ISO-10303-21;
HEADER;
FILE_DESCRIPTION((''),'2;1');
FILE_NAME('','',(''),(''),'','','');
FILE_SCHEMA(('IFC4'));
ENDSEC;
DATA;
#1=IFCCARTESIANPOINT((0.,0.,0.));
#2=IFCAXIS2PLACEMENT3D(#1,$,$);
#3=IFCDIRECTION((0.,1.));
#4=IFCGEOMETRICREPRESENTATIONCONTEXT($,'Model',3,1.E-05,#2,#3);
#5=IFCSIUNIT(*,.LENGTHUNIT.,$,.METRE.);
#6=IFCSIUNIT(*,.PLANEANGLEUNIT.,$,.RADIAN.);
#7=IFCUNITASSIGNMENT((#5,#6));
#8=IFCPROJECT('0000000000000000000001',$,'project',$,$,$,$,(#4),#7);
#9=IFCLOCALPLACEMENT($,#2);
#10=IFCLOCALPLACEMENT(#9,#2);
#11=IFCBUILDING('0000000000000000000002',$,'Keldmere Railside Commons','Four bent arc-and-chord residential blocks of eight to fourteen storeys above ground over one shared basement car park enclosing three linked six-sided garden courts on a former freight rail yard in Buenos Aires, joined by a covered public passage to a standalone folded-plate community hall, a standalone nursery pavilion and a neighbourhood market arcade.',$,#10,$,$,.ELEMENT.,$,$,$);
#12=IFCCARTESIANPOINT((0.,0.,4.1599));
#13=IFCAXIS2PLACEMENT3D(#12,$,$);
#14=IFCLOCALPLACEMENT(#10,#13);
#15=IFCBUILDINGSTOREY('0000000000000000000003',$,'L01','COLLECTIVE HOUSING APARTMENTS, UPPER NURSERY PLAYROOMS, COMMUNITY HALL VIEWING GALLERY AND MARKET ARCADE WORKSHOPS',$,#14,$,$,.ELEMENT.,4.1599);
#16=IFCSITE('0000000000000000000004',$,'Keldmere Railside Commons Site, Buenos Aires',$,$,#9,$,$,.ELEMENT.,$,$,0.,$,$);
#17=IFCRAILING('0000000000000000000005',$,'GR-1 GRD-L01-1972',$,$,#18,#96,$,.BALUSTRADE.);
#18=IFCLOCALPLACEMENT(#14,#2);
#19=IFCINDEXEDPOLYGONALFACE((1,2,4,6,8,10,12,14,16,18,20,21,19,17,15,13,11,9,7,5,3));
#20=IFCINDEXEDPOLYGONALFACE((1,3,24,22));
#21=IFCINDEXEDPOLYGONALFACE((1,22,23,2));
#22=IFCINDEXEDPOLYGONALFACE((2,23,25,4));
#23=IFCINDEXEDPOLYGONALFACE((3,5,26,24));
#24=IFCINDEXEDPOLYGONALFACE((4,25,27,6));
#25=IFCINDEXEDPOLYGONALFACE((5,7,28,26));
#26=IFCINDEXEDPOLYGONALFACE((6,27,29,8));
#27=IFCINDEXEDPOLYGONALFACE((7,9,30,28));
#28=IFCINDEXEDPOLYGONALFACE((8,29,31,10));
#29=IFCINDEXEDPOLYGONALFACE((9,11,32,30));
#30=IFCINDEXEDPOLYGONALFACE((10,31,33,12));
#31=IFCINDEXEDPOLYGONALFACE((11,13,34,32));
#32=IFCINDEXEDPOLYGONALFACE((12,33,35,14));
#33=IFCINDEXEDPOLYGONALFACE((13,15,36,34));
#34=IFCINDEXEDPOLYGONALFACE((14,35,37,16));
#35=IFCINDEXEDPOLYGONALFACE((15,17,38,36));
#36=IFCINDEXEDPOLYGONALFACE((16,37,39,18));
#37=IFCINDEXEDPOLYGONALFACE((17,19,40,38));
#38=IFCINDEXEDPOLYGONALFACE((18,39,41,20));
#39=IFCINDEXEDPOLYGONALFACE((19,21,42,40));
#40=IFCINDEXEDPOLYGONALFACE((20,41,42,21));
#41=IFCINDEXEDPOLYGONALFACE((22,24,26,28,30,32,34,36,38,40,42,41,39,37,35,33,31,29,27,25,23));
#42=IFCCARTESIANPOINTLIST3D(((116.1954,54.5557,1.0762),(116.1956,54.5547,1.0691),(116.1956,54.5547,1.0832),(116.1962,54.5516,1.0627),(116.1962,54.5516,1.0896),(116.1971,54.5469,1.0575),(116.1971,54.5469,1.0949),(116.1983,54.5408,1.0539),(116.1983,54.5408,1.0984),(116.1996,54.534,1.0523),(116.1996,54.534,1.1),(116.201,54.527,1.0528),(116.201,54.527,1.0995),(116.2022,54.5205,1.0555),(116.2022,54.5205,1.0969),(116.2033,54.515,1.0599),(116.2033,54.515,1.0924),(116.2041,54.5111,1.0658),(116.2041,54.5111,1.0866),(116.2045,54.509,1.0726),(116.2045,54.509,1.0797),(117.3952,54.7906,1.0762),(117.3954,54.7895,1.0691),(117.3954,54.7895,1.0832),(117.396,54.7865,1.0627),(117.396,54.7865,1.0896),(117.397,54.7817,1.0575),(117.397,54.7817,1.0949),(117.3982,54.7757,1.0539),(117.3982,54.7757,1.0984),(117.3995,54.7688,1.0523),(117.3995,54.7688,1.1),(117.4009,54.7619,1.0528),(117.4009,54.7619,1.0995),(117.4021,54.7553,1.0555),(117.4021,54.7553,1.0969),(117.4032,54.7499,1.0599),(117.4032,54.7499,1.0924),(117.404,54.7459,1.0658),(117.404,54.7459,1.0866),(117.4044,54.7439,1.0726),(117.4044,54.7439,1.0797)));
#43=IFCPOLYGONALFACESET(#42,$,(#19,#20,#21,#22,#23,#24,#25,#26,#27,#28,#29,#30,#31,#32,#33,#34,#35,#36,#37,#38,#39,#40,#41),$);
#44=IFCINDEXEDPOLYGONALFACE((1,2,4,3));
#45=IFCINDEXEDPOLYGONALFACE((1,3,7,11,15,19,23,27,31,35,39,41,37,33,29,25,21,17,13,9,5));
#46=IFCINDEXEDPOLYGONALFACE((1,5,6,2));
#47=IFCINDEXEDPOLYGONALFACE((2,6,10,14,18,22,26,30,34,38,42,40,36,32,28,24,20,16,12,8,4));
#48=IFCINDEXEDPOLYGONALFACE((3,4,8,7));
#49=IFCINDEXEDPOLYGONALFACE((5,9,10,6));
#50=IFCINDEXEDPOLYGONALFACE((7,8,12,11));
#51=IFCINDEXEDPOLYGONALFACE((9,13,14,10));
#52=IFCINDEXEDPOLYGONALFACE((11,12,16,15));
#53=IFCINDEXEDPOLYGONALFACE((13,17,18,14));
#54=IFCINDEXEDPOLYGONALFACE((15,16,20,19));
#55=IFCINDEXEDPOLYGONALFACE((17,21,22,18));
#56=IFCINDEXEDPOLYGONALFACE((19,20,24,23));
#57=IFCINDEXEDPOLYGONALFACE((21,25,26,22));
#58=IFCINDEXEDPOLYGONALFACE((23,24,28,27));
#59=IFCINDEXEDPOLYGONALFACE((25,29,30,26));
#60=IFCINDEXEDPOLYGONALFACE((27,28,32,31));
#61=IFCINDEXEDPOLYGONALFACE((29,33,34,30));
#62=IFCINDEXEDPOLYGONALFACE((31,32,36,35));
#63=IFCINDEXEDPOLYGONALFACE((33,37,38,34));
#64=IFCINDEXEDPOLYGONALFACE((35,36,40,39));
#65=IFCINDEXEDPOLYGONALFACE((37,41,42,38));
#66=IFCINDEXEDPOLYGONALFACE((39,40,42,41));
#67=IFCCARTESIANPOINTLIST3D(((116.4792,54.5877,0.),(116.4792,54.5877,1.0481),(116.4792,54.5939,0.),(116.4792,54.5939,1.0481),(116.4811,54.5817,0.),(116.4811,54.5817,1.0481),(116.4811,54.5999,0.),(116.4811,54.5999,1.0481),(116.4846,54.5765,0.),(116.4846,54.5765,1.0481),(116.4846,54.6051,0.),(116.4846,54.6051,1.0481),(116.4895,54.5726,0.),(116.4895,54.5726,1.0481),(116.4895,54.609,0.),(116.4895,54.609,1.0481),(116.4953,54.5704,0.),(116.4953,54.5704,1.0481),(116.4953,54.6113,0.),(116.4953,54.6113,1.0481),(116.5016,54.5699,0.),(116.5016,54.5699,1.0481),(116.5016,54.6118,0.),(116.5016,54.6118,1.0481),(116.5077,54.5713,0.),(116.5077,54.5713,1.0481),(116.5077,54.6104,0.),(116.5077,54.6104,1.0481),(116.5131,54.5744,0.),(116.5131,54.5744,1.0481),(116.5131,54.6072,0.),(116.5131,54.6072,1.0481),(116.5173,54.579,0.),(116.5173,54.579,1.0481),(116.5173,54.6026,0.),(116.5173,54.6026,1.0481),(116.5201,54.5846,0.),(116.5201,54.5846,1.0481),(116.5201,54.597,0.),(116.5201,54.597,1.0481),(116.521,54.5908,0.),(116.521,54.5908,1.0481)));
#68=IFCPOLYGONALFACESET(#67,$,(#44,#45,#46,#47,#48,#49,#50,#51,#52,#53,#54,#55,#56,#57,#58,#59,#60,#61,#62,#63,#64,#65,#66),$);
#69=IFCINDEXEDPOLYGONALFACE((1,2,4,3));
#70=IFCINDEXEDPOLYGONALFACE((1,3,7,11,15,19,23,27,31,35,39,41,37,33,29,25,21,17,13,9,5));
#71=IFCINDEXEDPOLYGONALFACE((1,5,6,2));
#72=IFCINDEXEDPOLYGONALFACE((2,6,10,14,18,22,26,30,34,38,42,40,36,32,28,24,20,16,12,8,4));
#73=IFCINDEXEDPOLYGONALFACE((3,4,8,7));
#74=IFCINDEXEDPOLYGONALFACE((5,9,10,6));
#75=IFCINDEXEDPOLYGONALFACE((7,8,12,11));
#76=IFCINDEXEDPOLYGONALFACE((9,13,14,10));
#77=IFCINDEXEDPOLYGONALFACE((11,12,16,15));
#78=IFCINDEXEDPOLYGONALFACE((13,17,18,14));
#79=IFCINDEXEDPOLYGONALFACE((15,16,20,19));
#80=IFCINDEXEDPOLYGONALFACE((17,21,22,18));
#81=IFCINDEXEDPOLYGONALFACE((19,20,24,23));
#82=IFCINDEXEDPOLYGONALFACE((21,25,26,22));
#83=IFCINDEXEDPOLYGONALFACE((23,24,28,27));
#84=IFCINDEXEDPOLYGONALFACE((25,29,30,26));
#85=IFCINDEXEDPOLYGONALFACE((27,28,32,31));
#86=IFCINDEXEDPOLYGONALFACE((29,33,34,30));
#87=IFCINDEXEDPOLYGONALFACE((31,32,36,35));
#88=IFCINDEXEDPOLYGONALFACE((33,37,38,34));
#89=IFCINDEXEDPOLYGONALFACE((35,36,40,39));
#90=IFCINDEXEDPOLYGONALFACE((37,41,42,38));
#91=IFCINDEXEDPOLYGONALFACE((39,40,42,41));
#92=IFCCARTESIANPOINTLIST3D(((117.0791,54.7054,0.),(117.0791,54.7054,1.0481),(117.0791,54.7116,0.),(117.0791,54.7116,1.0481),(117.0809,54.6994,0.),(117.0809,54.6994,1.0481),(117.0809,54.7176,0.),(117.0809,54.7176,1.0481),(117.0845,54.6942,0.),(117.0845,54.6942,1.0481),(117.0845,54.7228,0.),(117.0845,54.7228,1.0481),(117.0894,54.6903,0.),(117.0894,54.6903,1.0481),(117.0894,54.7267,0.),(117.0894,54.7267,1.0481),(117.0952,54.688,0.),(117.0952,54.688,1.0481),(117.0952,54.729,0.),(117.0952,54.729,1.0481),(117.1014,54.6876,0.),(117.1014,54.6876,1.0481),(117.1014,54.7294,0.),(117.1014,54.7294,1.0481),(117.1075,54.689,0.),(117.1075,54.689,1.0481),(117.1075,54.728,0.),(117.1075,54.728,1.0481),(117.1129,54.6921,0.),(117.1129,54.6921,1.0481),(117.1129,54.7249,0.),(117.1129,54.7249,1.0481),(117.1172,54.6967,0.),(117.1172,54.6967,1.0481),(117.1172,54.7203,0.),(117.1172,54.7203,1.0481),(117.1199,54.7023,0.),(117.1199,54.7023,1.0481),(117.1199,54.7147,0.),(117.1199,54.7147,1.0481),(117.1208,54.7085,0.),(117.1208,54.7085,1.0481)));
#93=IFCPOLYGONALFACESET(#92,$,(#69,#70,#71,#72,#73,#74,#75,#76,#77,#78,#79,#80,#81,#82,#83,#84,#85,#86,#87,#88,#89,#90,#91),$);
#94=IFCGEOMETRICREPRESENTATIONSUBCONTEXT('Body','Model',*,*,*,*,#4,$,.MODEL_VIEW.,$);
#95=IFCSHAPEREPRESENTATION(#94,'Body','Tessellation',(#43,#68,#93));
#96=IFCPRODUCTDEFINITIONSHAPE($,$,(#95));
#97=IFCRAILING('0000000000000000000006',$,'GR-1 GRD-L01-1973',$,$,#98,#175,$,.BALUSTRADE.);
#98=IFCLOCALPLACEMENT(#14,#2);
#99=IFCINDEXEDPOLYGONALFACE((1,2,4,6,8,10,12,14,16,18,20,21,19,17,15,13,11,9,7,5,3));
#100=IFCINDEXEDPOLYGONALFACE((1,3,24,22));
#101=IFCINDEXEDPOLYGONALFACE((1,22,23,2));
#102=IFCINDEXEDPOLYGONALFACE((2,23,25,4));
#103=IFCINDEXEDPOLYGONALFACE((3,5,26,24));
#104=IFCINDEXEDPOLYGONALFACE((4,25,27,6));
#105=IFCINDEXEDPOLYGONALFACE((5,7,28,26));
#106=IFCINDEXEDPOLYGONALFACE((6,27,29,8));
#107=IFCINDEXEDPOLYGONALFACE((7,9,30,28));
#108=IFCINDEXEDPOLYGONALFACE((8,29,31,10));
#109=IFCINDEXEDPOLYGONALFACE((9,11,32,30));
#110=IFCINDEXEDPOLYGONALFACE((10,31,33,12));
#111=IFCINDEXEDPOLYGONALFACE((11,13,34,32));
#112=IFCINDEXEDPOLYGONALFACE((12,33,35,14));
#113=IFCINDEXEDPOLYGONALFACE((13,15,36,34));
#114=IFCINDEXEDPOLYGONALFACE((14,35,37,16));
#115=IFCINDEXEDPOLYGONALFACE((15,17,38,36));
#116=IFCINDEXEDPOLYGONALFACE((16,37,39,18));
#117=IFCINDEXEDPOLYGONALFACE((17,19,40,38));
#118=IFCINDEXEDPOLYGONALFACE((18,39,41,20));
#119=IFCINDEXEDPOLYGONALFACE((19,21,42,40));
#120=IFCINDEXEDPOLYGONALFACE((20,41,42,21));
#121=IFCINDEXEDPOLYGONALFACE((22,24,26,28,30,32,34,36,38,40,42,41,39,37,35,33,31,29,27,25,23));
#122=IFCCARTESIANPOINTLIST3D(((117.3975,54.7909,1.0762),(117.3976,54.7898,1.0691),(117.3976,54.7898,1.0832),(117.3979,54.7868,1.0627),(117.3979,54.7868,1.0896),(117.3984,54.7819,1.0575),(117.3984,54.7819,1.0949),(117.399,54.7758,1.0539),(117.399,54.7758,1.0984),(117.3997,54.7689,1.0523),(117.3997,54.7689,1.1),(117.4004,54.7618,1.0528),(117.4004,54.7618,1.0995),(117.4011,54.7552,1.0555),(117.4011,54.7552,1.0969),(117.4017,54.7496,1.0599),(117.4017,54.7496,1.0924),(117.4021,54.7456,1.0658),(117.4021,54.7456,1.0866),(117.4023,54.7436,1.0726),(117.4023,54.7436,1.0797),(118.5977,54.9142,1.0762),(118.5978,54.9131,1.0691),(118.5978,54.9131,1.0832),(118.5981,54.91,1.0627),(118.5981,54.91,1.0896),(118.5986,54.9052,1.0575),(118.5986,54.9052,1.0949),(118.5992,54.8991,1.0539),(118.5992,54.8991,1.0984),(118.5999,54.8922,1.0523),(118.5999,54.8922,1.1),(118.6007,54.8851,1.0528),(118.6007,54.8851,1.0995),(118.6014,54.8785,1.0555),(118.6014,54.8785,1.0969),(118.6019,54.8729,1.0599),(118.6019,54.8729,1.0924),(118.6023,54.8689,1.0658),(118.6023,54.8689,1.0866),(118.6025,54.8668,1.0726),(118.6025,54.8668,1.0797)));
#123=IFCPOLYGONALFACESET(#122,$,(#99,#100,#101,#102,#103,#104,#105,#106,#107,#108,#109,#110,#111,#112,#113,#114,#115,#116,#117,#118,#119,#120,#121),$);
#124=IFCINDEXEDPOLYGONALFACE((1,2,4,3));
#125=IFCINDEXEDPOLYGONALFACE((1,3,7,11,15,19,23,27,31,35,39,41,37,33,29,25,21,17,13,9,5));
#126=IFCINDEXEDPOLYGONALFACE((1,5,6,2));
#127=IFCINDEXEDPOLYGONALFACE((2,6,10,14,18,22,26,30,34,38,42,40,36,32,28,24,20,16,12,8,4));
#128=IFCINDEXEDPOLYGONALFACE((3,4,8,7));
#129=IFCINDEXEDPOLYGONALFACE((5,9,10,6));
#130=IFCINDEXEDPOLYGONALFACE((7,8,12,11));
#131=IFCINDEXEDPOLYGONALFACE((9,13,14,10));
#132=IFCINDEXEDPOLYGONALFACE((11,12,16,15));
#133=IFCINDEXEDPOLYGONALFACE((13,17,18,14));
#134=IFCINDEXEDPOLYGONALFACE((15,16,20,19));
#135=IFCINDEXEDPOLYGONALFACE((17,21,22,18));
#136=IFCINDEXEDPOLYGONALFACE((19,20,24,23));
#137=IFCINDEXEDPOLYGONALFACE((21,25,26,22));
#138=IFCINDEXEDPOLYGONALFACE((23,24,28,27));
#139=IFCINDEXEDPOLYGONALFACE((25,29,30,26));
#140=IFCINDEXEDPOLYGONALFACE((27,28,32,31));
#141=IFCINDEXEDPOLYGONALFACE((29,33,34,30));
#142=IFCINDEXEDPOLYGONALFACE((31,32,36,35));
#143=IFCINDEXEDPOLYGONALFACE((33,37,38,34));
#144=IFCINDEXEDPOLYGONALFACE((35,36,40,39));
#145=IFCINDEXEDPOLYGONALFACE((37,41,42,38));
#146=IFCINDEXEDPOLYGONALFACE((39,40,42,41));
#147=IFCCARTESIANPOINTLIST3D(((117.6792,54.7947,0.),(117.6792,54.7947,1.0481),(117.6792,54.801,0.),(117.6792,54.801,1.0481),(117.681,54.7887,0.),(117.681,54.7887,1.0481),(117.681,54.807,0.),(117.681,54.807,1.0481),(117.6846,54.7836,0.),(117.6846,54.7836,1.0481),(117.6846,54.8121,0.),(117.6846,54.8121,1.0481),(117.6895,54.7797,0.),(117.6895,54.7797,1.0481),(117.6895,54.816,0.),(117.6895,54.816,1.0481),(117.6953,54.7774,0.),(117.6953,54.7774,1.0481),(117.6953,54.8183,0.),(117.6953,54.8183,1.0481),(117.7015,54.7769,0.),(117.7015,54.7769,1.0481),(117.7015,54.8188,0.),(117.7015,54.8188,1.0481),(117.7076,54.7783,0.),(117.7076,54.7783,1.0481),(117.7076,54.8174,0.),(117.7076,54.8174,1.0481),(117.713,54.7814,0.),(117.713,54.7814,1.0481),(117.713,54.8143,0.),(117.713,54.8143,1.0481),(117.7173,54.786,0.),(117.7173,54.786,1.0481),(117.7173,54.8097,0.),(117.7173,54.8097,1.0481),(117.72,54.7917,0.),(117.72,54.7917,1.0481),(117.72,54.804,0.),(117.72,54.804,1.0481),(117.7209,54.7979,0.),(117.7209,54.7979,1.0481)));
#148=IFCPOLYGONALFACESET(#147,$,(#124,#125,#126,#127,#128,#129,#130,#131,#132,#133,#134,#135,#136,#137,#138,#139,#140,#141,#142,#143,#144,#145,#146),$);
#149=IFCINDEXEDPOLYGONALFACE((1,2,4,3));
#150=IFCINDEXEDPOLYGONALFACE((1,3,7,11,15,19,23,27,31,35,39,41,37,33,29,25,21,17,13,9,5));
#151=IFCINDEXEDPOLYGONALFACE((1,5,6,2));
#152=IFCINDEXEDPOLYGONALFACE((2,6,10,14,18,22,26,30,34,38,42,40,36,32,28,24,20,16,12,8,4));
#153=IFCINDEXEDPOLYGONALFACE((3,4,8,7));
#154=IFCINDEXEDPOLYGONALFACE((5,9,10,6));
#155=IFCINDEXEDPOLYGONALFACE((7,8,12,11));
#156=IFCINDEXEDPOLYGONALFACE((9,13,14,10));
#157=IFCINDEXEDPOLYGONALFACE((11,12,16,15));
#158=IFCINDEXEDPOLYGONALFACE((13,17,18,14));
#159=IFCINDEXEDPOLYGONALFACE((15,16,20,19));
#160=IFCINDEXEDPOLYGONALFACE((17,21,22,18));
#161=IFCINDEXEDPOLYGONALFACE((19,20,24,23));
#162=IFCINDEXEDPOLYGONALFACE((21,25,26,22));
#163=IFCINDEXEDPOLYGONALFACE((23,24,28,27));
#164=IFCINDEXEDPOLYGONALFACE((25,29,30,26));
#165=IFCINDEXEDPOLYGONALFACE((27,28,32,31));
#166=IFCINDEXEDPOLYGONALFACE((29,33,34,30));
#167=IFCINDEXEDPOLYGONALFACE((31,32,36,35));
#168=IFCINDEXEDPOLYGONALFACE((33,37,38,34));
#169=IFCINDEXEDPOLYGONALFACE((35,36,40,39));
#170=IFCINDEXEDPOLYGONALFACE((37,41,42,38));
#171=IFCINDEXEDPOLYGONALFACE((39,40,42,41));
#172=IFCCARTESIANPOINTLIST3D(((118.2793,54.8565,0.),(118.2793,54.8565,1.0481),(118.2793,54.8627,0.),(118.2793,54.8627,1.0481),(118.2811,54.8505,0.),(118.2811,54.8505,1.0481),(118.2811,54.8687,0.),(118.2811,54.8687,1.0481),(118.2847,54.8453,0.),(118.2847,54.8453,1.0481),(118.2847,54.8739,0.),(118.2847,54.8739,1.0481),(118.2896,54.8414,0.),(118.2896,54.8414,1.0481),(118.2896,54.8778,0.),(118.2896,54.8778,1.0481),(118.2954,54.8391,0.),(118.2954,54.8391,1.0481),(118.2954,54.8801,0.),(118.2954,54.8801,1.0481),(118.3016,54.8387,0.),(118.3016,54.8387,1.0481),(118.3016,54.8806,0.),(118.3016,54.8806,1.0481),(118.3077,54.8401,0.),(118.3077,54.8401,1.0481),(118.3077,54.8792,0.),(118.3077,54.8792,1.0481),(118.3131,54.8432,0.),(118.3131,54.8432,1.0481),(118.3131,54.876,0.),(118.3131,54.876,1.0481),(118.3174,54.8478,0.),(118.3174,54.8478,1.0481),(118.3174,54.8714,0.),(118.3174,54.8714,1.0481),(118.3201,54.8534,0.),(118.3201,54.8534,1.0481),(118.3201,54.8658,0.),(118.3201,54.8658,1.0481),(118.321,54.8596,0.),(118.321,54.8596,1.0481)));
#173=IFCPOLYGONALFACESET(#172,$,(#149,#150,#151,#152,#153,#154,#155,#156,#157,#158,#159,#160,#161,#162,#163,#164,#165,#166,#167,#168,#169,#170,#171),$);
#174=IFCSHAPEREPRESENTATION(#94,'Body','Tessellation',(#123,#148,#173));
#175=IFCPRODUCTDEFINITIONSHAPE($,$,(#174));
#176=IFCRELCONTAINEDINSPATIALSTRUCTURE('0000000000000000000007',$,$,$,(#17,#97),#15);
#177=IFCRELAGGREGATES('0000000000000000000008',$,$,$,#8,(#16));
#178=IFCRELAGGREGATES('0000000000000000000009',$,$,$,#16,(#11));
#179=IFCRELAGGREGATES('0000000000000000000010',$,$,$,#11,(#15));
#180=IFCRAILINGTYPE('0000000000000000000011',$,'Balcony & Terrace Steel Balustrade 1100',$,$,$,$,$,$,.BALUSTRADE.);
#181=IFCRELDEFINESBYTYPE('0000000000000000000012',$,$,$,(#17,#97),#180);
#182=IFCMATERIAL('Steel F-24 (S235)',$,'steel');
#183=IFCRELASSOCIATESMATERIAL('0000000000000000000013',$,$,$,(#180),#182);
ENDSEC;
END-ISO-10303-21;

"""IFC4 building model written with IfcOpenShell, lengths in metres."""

from ifc_helpers import new_model, si_unit, direction, frame, origin, origin_2d, place, context, subcontext, project, spatial, circle, extrude, material, type_object, element, save


model = new_model("IFC4")

# Units and contexts
model_context = context("Model", 3, precision=1e-05, world=origin(), true_north=direction((0.0, 1.0)))
body_context = subcontext(model_context, "Body", "Model", "MODEL_VIEW")
ifc_project = project(units=[si_unit("LENGTHUNIT", "METRE"), si_unit("PLANEANGLEUNIT", "RADIAN")], contexts=[model_context])

# Site, building, storey
site_placement = place(None, origin())
site = spatial("IfcSite", under=ifc_project, at=site_placement, Name="Keldmere Railside Commons Site, Buenos Aires", CompositionType="ELEMENT", RefElevation=0.0)
building_placement = place(site_placement, origin())
building = spatial("IfcBuilding", under=site, at=building_placement, Name="Keldmere Railside Commons", Description="Four bent arc-and-chord residential blocks of eight to fourteen storeys above ground over one shared basement car park enclosing three linked six-sided garden courts on a former freight rail yard in Buenos Aires, joined by a covered public passage to a standalone folded-plate community hall, a standalone nursery pavilion and a neighbourhood market arcade.", CompositionType="ELEMENT")
storey_placement = place(building_placement, frame((0.0, 0.0, 4.1599)))
storey = spatial("IfcBuildingStorey", under=building, at=storey_placement, Name="L01", Description="COLLECTIVE HOUSING APARTMENTS, UPPER NURSERY PLAYROOMS, COMMUNITY HALL VIEWING GALLERY AND MARKET ARCADE WORKSHOPS", CompositionType="ELEMENT", Elevation=4.1599)

# Shared definitions
ifc_material_1 = material(Name="Steel F-24 (S235)", Category="steel")

# Railings
railing_type = type_object("IfcRailingType", Name="Balcony & Terrace Steel Balustrade 1100", PredefinedType="BALUSTRADE", material=ifc_material_1)
railing_1_placement = place(storey_placement, frame((116.2, 54.5322, 0.0)))
element("IfcRailing", 1, at=railing_1_placement, inside=storey, type_object=railing_type, Name="GR-1 GRD-L01-1972", PredefinedType="BALUSTRADE", context=body_context, shape_type="SweptSolid", body=[
    extrude(circle(Radius=0.0239, at=origin_2d()), frame((0.0, 0.0, 1.0762), z_axis=(0.981379, 0.192083, 0.0), x_axis=(-0.192083, 0.981379, 0.0)), (0.0, 0.0, 1.0), 1.2227),
    extrude(circle(Radius=0.021, at=origin_2d()), frame((0.3, 0.0586, 0.0)), (0.0, 0.0, 1.0), 1.0481),
    extrude(circle(Radius=0.021, at=origin_2d()), frame((0.8999, 0.1763, 0.0)), (0.0, 0.0, 1.0), 1.0481),
])
railing_2_placement = place(storey_placement, frame((117.3999, 54.7671, 0.0)))
element("IfcRailing", 2, at=railing_2_placement, inside=storey, type_object=railing_type, Name="GR-1 GRD-L01-1973", PredefinedType="BALUSTRADE", context=body_context, shape_type="SweptSolid", body=[
    extrude(circle(Radius=0.0239, at=origin_2d()), frame((0.0, 0.0, 1.0762), z_axis=(0.994765, 0.102188, 0.0), x_axis=(-0.102188, 0.994765, 0.0)), (0.0, 0.0, 1.0), 1.2065),
    extrude(circle(Radius=0.021, at=origin_2d()), frame((0.3, 0.0308, 0.0)), (0.0, 0.0, 1.0), 1.0481),
    extrude(circle(Radius=0.021, at=origin_2d()), frame((0.9001, 0.0925, 0.0)), (0.0, 0.0, 1.0), 1.0481),
])

save(model, "model.ifc")
